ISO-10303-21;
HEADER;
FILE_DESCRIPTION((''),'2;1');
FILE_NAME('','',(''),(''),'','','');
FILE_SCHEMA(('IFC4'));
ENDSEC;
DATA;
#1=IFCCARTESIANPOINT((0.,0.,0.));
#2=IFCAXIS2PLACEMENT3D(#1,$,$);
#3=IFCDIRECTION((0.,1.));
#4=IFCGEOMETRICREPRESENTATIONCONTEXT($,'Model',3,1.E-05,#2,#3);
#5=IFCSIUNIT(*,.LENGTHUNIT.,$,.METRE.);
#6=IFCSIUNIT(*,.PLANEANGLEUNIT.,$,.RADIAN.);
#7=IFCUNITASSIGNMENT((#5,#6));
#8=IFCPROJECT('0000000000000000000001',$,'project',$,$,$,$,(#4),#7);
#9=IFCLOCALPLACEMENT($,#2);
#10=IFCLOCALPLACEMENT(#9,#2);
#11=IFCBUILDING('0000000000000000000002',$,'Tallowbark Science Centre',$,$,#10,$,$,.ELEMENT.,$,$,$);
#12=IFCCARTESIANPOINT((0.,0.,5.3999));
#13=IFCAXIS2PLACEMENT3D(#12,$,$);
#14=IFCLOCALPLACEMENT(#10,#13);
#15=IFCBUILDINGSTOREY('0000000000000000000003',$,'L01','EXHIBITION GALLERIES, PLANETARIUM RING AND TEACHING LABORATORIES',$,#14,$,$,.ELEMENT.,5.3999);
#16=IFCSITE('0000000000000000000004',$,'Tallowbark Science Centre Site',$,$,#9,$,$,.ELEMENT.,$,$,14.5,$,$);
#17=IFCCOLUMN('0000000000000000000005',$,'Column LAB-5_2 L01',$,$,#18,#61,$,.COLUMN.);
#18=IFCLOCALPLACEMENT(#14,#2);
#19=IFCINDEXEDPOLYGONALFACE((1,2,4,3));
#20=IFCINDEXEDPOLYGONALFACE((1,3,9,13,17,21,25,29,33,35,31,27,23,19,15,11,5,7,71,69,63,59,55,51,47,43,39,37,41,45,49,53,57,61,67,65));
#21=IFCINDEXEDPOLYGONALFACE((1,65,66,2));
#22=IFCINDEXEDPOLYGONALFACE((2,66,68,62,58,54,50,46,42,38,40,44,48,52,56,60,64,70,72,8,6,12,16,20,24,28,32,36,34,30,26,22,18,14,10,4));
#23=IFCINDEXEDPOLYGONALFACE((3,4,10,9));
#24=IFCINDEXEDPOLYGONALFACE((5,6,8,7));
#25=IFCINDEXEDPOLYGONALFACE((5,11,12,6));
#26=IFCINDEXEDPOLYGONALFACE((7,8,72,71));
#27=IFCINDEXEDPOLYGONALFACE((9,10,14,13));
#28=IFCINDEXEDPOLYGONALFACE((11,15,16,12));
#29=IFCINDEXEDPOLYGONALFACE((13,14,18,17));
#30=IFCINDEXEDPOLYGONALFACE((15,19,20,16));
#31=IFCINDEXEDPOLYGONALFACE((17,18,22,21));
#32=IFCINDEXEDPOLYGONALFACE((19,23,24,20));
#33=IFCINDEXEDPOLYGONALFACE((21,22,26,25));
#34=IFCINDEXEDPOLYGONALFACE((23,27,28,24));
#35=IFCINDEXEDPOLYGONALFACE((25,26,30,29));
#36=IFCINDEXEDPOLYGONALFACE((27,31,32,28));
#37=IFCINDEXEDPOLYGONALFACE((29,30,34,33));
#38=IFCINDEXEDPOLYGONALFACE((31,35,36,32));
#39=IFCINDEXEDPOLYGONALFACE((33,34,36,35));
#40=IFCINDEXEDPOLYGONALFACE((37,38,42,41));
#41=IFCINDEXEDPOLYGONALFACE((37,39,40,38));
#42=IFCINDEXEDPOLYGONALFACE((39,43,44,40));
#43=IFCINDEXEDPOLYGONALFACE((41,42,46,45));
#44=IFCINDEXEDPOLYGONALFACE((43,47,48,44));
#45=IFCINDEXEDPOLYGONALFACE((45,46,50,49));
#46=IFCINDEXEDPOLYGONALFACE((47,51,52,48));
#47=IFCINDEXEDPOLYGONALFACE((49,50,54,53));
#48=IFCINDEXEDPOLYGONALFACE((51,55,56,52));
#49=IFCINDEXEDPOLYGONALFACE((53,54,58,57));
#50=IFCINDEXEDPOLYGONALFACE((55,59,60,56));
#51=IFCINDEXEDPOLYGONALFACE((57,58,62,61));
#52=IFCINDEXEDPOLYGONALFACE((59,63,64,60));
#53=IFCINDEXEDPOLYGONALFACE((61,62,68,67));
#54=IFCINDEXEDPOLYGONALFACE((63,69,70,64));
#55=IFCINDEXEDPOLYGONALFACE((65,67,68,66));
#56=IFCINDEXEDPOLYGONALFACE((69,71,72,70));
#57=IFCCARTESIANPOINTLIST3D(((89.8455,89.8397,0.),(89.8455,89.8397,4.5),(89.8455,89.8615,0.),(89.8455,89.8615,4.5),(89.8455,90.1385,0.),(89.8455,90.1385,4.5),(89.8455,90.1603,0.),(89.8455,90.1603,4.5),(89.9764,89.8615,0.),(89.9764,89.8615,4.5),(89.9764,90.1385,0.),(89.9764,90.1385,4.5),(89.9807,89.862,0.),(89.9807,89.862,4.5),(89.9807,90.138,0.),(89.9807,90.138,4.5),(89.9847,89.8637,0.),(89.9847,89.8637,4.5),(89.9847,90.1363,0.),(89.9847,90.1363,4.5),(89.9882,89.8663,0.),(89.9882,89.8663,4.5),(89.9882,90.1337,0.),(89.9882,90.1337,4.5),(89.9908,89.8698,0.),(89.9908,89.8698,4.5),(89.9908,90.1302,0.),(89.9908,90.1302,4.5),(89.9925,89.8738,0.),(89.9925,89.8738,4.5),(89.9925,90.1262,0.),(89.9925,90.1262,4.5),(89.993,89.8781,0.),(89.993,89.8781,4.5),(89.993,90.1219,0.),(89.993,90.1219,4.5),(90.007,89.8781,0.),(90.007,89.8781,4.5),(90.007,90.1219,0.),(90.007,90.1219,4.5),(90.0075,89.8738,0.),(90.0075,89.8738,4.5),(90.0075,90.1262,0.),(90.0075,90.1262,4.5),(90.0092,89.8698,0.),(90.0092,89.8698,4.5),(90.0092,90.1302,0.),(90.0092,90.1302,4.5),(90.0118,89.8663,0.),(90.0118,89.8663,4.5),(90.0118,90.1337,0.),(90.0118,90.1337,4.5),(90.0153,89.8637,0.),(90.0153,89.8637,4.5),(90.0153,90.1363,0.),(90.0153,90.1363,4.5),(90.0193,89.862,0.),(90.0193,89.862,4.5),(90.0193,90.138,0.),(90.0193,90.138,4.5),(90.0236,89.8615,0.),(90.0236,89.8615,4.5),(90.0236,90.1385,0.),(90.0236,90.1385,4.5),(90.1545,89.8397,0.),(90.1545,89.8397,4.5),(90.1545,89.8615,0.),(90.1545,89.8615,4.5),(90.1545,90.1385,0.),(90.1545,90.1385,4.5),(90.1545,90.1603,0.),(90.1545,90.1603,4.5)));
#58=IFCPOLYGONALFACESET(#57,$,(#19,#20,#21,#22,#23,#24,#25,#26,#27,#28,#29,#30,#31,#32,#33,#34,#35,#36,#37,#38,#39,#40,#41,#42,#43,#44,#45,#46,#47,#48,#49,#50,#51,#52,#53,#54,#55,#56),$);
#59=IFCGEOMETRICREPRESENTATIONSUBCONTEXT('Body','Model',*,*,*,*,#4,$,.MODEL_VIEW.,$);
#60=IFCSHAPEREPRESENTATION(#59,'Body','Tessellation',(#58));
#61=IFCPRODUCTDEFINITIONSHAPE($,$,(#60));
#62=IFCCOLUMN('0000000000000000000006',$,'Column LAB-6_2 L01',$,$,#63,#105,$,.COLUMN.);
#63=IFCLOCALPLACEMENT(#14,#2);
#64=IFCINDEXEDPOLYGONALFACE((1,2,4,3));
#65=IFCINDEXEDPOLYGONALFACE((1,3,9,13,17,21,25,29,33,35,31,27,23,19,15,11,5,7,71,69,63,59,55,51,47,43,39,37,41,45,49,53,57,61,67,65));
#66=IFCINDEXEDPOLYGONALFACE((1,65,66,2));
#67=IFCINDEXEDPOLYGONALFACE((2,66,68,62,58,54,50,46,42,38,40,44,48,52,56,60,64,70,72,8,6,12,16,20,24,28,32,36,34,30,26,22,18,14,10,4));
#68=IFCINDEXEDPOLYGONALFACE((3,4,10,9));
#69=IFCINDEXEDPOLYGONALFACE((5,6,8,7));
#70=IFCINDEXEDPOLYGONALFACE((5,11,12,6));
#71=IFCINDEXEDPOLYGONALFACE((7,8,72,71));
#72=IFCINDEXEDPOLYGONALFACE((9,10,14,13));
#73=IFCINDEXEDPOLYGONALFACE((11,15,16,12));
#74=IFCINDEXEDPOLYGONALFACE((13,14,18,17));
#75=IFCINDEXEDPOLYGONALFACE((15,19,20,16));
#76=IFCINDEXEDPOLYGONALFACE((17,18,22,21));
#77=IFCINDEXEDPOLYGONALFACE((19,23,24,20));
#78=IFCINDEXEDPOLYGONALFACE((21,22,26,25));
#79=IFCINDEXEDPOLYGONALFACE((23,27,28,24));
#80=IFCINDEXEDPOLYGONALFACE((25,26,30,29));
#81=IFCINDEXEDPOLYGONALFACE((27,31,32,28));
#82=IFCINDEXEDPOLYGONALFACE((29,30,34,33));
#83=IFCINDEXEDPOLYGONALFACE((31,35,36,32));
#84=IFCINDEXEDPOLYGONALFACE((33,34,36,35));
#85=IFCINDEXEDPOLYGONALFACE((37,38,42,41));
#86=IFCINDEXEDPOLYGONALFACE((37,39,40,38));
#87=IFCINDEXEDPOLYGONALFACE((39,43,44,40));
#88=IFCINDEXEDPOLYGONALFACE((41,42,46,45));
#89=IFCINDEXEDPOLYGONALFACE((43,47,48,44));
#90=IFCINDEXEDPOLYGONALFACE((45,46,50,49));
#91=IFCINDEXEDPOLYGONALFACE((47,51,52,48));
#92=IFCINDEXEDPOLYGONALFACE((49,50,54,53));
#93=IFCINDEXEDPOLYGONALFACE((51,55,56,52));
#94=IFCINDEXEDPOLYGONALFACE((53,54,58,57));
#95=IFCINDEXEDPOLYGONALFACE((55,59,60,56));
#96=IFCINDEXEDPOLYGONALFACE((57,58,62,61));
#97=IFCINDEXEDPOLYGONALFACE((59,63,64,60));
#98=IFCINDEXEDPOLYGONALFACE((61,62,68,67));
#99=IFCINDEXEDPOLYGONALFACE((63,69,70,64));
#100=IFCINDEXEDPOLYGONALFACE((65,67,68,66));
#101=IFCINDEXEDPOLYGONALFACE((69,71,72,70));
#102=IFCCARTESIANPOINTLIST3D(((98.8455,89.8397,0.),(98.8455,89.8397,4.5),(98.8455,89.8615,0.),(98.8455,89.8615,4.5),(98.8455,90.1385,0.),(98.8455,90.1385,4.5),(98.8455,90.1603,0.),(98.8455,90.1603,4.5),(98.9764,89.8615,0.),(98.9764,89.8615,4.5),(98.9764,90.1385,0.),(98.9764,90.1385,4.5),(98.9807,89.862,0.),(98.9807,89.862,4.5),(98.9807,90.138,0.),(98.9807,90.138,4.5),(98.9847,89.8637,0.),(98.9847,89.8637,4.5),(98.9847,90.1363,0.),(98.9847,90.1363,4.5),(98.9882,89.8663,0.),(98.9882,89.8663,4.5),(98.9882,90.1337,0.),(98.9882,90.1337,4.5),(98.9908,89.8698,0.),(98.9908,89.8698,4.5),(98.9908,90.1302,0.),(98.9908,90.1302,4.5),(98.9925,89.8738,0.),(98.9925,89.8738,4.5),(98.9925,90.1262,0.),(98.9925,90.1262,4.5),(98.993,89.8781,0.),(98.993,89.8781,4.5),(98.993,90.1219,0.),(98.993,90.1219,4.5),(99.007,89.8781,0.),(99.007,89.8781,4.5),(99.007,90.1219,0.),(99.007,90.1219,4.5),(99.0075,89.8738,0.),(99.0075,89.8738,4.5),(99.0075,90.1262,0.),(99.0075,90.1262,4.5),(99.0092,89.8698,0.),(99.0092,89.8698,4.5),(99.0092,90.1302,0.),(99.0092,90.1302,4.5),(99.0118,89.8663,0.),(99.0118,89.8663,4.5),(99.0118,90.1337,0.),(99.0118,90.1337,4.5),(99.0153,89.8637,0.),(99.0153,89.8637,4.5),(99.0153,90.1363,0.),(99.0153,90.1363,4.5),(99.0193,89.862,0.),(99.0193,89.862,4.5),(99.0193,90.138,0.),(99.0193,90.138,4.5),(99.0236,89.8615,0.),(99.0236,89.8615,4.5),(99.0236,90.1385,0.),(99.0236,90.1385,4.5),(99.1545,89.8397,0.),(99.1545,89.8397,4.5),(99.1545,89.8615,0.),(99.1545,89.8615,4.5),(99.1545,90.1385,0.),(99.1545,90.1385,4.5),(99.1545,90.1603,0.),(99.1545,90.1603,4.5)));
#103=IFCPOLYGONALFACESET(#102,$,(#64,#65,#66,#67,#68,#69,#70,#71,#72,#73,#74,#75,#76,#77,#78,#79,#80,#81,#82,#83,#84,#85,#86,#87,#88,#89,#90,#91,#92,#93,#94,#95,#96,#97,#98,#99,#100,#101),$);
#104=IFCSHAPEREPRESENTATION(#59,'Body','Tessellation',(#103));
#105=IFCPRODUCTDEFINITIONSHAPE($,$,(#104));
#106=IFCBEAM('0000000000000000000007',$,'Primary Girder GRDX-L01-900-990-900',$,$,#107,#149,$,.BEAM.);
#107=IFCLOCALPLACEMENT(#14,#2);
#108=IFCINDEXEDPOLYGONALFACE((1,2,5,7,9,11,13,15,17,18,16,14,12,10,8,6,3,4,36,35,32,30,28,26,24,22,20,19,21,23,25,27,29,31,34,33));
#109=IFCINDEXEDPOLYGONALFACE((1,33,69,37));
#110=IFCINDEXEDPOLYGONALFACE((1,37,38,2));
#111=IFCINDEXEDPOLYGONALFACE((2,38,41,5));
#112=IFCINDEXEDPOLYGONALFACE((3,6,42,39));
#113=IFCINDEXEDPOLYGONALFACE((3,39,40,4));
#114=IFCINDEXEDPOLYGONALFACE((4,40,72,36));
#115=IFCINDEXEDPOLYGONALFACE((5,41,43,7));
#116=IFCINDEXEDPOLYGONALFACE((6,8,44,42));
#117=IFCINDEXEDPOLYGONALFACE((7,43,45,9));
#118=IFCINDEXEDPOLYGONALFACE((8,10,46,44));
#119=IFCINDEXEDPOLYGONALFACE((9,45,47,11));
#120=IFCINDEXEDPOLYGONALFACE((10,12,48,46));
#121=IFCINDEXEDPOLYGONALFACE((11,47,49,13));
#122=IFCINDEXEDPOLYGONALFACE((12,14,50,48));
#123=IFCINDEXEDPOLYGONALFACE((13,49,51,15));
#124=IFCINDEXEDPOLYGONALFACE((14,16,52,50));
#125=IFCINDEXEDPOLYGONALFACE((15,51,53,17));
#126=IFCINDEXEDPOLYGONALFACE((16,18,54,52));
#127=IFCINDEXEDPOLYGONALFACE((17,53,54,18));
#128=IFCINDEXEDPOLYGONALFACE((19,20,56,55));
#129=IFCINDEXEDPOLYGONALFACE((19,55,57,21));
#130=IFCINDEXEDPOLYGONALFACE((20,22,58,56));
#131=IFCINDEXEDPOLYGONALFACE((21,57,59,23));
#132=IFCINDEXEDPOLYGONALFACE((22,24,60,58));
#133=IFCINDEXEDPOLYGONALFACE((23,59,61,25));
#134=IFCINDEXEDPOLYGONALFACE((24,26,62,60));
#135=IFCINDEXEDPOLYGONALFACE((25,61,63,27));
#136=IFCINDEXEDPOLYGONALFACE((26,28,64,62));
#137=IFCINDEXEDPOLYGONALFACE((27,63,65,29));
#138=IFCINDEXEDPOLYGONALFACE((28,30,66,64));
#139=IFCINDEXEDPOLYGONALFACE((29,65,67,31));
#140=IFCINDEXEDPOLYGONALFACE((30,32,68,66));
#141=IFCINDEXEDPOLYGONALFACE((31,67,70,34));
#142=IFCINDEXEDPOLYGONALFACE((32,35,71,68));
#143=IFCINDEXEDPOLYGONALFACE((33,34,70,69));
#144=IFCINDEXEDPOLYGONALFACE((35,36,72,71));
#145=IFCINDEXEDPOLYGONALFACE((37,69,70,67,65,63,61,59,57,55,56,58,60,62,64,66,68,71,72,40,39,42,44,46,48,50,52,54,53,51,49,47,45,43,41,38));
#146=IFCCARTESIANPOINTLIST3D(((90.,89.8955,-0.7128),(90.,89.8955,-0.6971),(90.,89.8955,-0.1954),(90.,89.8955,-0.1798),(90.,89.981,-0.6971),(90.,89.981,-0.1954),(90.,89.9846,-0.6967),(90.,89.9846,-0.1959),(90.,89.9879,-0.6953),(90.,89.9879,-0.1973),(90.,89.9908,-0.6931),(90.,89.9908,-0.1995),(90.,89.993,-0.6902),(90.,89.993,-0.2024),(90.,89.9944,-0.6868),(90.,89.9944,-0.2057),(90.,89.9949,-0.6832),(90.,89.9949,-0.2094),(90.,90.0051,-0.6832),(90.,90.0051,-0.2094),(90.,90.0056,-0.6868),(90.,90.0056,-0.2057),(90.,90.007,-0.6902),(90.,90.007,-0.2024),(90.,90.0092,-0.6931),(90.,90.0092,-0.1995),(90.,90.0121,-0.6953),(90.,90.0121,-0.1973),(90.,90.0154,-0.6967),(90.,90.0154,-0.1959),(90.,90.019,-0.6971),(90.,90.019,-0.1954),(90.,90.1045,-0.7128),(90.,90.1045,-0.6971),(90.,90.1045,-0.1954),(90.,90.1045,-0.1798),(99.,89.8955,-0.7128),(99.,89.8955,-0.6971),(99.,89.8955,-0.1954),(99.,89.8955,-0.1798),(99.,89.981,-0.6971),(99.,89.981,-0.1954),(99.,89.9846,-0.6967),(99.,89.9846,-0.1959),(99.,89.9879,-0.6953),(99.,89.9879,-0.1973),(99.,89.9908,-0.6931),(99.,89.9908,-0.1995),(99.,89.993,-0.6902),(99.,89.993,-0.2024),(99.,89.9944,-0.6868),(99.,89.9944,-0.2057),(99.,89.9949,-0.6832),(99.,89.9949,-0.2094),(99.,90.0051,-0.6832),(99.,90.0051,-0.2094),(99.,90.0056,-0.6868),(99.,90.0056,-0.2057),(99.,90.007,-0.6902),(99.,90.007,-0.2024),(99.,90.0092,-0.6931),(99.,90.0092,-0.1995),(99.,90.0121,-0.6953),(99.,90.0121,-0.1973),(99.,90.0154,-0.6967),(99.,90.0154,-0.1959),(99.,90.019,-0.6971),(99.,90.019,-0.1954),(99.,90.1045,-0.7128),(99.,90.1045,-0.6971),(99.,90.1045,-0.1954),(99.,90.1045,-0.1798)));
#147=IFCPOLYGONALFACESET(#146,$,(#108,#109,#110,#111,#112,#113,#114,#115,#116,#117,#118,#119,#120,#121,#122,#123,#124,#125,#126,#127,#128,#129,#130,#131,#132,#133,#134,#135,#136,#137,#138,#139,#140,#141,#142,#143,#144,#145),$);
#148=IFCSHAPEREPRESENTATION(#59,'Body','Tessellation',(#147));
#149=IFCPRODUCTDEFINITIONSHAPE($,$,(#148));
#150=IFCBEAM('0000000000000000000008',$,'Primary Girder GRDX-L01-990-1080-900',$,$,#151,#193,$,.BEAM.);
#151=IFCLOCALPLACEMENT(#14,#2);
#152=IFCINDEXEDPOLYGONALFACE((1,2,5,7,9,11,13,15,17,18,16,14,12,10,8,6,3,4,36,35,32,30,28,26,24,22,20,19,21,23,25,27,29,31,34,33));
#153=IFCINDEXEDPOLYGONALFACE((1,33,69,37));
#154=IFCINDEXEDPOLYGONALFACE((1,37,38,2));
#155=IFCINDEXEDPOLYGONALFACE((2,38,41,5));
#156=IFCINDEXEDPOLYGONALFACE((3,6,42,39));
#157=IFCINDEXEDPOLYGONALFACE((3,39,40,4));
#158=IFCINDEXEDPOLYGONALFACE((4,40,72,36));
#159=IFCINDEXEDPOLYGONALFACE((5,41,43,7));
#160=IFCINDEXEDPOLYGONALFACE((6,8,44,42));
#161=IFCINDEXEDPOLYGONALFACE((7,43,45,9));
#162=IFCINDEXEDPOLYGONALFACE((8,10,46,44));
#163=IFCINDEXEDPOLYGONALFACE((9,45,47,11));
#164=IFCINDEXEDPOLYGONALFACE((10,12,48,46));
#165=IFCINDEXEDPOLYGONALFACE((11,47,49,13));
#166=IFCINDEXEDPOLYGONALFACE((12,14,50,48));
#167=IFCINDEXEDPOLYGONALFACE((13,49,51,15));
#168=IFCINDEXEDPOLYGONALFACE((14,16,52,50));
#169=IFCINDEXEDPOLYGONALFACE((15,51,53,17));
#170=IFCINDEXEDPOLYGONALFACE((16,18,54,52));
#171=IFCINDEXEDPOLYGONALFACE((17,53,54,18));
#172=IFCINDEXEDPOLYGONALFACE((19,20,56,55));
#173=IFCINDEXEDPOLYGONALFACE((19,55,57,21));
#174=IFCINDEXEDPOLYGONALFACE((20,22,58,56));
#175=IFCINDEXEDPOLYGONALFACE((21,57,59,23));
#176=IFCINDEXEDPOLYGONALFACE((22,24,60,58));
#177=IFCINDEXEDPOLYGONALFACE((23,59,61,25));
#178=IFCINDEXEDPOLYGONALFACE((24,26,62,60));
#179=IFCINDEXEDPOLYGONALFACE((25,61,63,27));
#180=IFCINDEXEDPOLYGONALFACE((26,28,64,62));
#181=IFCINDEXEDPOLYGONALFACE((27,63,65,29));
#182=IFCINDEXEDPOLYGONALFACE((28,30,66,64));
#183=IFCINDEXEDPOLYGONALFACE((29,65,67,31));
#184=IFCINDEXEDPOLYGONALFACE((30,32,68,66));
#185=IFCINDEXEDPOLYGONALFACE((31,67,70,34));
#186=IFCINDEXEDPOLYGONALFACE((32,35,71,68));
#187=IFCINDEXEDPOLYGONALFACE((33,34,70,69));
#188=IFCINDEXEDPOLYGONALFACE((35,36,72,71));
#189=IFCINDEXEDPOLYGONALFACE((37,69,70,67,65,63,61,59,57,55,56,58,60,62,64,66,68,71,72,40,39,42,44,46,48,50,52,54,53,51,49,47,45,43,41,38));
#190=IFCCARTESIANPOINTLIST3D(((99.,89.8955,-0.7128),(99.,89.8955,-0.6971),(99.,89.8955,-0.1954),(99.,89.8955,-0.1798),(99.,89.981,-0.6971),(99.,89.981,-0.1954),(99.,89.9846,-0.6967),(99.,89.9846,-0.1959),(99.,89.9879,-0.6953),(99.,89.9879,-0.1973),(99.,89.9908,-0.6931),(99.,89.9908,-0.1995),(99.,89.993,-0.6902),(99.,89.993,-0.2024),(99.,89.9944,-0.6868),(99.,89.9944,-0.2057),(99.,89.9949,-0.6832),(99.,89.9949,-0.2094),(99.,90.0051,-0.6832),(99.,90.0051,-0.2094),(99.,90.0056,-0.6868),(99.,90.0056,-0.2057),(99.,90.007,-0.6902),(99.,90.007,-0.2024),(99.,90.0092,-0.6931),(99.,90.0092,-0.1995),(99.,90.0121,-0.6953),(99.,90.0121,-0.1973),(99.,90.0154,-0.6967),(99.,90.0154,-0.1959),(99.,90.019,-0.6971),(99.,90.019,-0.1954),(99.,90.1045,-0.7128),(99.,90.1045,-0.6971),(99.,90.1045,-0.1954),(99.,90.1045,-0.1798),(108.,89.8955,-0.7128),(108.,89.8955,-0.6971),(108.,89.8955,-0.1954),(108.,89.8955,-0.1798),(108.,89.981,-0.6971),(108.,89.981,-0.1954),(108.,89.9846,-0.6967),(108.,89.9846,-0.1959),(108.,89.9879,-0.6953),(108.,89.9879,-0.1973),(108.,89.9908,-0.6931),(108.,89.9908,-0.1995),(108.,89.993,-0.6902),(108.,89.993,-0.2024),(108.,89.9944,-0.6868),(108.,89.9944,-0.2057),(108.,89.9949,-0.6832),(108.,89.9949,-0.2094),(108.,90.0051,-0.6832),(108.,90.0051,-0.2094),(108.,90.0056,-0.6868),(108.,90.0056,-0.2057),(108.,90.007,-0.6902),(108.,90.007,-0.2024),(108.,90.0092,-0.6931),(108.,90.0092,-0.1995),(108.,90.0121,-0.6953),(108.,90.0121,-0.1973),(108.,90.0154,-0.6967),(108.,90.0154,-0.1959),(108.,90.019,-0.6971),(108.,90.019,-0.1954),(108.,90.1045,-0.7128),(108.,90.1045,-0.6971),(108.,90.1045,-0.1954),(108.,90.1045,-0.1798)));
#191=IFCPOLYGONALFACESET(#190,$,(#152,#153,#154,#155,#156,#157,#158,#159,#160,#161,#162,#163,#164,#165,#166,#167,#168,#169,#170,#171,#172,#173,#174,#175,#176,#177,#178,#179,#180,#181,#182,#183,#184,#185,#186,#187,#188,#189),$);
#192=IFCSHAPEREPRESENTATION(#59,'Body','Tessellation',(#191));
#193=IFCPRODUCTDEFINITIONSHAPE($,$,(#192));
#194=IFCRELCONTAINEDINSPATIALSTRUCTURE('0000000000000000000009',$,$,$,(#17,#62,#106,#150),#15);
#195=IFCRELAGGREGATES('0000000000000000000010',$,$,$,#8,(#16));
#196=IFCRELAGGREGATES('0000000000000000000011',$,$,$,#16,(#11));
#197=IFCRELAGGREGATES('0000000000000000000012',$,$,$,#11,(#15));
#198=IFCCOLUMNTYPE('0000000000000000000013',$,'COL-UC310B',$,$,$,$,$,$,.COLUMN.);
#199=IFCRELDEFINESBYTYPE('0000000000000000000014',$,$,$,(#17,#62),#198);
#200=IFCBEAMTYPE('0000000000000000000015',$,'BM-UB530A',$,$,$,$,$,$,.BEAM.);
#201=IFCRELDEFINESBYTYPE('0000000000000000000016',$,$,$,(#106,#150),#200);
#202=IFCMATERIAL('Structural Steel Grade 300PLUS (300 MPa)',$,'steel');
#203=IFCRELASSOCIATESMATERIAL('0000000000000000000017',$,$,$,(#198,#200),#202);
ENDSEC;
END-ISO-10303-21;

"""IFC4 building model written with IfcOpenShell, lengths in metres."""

from ifc_helpers import new_model, si_unit, direction, frame, origin, origin_2d, place, context, subcontext, project, spatial, i_section, extrude, material, material_profile, profile_set, type_object, element, save


model = new_model("IFC4")

# Units and contexts
model_context = context("Model", 3, precision=1e-05, world=origin(), true_north=direction((0.0, 1.0)))
body_context = subcontext(model_context, "Body", "Model", "MODEL_VIEW")
ifc_project = project(units=[si_unit("LENGTHUNIT", "METRE"), si_unit("PLANEANGLEUNIT", "RADIAN")], contexts=[model_context])

# Site, building, storey
site_placement = place(None, origin())
site = spatial("IfcSite", under=ifc_project, at=site_placement, Name="Tallowbark Science Centre Site", CompositionType="ELEMENT", RefElevation=14.5)
building_placement = place(site_placement, origin())
building = spatial("IfcBuilding", under=site, at=building_placement, Name="Tallowbark Science Centre", CompositionType="ELEMENT")
storey_placement = place(building_placement, frame((0.0, 0.0, 5.3999)))
storey = spatial("IfcBuildingStorey", under=building, at=storey_placement, Name="L01", Description="EXHIBITION GALLERIES, PLANETARIUM RING AND TEACHING LABORATORIES", CompositionType="ELEMENT", Elevation=5.3999)

# Columns
ifc_material_1 = material(Name="Structural Steel Grade 300PLUS (300 MPa)", Category="steel")
ifc_material_profile_1 = material_profile(ifc_material_1, i_section(OverallWidth=0.3091, OverallDepth=0.3206, WebThickness=0.0139, FlangeThickness=0.0217, FilletRadius=0.0166, at=origin_2d()), Name="310UC137")
ifc_profile_set_1 = profile_set([ifc_material_profile_1], Name="Structural Steel Grade 300PLUS (300 MPa)")
column_type = type_object("IfcColumnType", Name="COL-UC310B", PredefinedType="COLUMN", material=ifc_profile_set_1)
for number, where, z_axis, x_axis, name in (
    (1, (90.0, 90.0, 0.0), (0.0, 0.0, 1.0), (1.0, 0.0, 0.0), "Column LAB-5_2 L01"),
    (2, (99.0, 90.0, 0.0), (0.0, 0.0, 1.0), (1.0, 0.0, 0.0), "Column LAB-6_2 L01"),
):
    element("IfcColumn", number, at=place(storey_placement, frame(where, z_axis=z_axis, x_axis=x_axis)), inside=storey, type_object=column_type, Name=name, PredefinedType="COLUMN", context=body_context, shape_type="SweptSolid", body=[
        extrude(i_section(OverallWidth=0.3091, OverallDepth=0.3206, WebThickness=0.0139, FlangeThickness=0.0217, FilletRadius=0.0166, at=origin_2d()), origin(), (0.0, 0.0, 1.0), 4.5),
    ])

# Beams
ifc_material_profile_2 = material_profile(ifc_material_1, i_section(OverallWidth=0.209, OverallDepth=0.533, WebThickness=0.0103, FlangeThickness=0.0156, FilletRadius=0.0139, at=origin_2d()), Name="530UB92.4")
ifc_profile_set_2 = profile_set([ifc_material_profile_2], Name="Structural Steel Grade 300PLUS (300 MPa)")
beam_type_1 = type_object("IfcBeamType", Name="BM-UB530A", PredefinedType="BEAM", material=ifc_profile_set_2)
for number, where, z_axis, x_axis, name in (
    (3, (90.0, 90.0, -0.4463), (1.0, 0.0, 0.0), (0.0, 1.0, 0.0), "Primary Girder GRDX-L01-900-990-900"),
    (4, (99.0, 90.0, -0.4463), (1.0, 0.0, 0.0), (0.0, 1.0, 0.0), "Primary Girder GRDX-L01-990-1080-900"),
):
    element("IfcBeam", number, at=place(storey_placement, frame(where, z_axis=z_axis, x_axis=x_axis)), inside=storey, type_object=beam_type_1, Name=name, PredefinedType="BEAM", context=body_context, shape_type="SweptSolid", body=[
        extrude(i_section(OverallWidth=0.209, OverallDepth=0.533, WebThickness=0.0103, FlangeThickness=0.0156, FilletRadius=0.0139, at=origin_2d()), origin(), (0.0, 0.0, 1.0), 9.0),
    ])

save(model, "model.ifc")
